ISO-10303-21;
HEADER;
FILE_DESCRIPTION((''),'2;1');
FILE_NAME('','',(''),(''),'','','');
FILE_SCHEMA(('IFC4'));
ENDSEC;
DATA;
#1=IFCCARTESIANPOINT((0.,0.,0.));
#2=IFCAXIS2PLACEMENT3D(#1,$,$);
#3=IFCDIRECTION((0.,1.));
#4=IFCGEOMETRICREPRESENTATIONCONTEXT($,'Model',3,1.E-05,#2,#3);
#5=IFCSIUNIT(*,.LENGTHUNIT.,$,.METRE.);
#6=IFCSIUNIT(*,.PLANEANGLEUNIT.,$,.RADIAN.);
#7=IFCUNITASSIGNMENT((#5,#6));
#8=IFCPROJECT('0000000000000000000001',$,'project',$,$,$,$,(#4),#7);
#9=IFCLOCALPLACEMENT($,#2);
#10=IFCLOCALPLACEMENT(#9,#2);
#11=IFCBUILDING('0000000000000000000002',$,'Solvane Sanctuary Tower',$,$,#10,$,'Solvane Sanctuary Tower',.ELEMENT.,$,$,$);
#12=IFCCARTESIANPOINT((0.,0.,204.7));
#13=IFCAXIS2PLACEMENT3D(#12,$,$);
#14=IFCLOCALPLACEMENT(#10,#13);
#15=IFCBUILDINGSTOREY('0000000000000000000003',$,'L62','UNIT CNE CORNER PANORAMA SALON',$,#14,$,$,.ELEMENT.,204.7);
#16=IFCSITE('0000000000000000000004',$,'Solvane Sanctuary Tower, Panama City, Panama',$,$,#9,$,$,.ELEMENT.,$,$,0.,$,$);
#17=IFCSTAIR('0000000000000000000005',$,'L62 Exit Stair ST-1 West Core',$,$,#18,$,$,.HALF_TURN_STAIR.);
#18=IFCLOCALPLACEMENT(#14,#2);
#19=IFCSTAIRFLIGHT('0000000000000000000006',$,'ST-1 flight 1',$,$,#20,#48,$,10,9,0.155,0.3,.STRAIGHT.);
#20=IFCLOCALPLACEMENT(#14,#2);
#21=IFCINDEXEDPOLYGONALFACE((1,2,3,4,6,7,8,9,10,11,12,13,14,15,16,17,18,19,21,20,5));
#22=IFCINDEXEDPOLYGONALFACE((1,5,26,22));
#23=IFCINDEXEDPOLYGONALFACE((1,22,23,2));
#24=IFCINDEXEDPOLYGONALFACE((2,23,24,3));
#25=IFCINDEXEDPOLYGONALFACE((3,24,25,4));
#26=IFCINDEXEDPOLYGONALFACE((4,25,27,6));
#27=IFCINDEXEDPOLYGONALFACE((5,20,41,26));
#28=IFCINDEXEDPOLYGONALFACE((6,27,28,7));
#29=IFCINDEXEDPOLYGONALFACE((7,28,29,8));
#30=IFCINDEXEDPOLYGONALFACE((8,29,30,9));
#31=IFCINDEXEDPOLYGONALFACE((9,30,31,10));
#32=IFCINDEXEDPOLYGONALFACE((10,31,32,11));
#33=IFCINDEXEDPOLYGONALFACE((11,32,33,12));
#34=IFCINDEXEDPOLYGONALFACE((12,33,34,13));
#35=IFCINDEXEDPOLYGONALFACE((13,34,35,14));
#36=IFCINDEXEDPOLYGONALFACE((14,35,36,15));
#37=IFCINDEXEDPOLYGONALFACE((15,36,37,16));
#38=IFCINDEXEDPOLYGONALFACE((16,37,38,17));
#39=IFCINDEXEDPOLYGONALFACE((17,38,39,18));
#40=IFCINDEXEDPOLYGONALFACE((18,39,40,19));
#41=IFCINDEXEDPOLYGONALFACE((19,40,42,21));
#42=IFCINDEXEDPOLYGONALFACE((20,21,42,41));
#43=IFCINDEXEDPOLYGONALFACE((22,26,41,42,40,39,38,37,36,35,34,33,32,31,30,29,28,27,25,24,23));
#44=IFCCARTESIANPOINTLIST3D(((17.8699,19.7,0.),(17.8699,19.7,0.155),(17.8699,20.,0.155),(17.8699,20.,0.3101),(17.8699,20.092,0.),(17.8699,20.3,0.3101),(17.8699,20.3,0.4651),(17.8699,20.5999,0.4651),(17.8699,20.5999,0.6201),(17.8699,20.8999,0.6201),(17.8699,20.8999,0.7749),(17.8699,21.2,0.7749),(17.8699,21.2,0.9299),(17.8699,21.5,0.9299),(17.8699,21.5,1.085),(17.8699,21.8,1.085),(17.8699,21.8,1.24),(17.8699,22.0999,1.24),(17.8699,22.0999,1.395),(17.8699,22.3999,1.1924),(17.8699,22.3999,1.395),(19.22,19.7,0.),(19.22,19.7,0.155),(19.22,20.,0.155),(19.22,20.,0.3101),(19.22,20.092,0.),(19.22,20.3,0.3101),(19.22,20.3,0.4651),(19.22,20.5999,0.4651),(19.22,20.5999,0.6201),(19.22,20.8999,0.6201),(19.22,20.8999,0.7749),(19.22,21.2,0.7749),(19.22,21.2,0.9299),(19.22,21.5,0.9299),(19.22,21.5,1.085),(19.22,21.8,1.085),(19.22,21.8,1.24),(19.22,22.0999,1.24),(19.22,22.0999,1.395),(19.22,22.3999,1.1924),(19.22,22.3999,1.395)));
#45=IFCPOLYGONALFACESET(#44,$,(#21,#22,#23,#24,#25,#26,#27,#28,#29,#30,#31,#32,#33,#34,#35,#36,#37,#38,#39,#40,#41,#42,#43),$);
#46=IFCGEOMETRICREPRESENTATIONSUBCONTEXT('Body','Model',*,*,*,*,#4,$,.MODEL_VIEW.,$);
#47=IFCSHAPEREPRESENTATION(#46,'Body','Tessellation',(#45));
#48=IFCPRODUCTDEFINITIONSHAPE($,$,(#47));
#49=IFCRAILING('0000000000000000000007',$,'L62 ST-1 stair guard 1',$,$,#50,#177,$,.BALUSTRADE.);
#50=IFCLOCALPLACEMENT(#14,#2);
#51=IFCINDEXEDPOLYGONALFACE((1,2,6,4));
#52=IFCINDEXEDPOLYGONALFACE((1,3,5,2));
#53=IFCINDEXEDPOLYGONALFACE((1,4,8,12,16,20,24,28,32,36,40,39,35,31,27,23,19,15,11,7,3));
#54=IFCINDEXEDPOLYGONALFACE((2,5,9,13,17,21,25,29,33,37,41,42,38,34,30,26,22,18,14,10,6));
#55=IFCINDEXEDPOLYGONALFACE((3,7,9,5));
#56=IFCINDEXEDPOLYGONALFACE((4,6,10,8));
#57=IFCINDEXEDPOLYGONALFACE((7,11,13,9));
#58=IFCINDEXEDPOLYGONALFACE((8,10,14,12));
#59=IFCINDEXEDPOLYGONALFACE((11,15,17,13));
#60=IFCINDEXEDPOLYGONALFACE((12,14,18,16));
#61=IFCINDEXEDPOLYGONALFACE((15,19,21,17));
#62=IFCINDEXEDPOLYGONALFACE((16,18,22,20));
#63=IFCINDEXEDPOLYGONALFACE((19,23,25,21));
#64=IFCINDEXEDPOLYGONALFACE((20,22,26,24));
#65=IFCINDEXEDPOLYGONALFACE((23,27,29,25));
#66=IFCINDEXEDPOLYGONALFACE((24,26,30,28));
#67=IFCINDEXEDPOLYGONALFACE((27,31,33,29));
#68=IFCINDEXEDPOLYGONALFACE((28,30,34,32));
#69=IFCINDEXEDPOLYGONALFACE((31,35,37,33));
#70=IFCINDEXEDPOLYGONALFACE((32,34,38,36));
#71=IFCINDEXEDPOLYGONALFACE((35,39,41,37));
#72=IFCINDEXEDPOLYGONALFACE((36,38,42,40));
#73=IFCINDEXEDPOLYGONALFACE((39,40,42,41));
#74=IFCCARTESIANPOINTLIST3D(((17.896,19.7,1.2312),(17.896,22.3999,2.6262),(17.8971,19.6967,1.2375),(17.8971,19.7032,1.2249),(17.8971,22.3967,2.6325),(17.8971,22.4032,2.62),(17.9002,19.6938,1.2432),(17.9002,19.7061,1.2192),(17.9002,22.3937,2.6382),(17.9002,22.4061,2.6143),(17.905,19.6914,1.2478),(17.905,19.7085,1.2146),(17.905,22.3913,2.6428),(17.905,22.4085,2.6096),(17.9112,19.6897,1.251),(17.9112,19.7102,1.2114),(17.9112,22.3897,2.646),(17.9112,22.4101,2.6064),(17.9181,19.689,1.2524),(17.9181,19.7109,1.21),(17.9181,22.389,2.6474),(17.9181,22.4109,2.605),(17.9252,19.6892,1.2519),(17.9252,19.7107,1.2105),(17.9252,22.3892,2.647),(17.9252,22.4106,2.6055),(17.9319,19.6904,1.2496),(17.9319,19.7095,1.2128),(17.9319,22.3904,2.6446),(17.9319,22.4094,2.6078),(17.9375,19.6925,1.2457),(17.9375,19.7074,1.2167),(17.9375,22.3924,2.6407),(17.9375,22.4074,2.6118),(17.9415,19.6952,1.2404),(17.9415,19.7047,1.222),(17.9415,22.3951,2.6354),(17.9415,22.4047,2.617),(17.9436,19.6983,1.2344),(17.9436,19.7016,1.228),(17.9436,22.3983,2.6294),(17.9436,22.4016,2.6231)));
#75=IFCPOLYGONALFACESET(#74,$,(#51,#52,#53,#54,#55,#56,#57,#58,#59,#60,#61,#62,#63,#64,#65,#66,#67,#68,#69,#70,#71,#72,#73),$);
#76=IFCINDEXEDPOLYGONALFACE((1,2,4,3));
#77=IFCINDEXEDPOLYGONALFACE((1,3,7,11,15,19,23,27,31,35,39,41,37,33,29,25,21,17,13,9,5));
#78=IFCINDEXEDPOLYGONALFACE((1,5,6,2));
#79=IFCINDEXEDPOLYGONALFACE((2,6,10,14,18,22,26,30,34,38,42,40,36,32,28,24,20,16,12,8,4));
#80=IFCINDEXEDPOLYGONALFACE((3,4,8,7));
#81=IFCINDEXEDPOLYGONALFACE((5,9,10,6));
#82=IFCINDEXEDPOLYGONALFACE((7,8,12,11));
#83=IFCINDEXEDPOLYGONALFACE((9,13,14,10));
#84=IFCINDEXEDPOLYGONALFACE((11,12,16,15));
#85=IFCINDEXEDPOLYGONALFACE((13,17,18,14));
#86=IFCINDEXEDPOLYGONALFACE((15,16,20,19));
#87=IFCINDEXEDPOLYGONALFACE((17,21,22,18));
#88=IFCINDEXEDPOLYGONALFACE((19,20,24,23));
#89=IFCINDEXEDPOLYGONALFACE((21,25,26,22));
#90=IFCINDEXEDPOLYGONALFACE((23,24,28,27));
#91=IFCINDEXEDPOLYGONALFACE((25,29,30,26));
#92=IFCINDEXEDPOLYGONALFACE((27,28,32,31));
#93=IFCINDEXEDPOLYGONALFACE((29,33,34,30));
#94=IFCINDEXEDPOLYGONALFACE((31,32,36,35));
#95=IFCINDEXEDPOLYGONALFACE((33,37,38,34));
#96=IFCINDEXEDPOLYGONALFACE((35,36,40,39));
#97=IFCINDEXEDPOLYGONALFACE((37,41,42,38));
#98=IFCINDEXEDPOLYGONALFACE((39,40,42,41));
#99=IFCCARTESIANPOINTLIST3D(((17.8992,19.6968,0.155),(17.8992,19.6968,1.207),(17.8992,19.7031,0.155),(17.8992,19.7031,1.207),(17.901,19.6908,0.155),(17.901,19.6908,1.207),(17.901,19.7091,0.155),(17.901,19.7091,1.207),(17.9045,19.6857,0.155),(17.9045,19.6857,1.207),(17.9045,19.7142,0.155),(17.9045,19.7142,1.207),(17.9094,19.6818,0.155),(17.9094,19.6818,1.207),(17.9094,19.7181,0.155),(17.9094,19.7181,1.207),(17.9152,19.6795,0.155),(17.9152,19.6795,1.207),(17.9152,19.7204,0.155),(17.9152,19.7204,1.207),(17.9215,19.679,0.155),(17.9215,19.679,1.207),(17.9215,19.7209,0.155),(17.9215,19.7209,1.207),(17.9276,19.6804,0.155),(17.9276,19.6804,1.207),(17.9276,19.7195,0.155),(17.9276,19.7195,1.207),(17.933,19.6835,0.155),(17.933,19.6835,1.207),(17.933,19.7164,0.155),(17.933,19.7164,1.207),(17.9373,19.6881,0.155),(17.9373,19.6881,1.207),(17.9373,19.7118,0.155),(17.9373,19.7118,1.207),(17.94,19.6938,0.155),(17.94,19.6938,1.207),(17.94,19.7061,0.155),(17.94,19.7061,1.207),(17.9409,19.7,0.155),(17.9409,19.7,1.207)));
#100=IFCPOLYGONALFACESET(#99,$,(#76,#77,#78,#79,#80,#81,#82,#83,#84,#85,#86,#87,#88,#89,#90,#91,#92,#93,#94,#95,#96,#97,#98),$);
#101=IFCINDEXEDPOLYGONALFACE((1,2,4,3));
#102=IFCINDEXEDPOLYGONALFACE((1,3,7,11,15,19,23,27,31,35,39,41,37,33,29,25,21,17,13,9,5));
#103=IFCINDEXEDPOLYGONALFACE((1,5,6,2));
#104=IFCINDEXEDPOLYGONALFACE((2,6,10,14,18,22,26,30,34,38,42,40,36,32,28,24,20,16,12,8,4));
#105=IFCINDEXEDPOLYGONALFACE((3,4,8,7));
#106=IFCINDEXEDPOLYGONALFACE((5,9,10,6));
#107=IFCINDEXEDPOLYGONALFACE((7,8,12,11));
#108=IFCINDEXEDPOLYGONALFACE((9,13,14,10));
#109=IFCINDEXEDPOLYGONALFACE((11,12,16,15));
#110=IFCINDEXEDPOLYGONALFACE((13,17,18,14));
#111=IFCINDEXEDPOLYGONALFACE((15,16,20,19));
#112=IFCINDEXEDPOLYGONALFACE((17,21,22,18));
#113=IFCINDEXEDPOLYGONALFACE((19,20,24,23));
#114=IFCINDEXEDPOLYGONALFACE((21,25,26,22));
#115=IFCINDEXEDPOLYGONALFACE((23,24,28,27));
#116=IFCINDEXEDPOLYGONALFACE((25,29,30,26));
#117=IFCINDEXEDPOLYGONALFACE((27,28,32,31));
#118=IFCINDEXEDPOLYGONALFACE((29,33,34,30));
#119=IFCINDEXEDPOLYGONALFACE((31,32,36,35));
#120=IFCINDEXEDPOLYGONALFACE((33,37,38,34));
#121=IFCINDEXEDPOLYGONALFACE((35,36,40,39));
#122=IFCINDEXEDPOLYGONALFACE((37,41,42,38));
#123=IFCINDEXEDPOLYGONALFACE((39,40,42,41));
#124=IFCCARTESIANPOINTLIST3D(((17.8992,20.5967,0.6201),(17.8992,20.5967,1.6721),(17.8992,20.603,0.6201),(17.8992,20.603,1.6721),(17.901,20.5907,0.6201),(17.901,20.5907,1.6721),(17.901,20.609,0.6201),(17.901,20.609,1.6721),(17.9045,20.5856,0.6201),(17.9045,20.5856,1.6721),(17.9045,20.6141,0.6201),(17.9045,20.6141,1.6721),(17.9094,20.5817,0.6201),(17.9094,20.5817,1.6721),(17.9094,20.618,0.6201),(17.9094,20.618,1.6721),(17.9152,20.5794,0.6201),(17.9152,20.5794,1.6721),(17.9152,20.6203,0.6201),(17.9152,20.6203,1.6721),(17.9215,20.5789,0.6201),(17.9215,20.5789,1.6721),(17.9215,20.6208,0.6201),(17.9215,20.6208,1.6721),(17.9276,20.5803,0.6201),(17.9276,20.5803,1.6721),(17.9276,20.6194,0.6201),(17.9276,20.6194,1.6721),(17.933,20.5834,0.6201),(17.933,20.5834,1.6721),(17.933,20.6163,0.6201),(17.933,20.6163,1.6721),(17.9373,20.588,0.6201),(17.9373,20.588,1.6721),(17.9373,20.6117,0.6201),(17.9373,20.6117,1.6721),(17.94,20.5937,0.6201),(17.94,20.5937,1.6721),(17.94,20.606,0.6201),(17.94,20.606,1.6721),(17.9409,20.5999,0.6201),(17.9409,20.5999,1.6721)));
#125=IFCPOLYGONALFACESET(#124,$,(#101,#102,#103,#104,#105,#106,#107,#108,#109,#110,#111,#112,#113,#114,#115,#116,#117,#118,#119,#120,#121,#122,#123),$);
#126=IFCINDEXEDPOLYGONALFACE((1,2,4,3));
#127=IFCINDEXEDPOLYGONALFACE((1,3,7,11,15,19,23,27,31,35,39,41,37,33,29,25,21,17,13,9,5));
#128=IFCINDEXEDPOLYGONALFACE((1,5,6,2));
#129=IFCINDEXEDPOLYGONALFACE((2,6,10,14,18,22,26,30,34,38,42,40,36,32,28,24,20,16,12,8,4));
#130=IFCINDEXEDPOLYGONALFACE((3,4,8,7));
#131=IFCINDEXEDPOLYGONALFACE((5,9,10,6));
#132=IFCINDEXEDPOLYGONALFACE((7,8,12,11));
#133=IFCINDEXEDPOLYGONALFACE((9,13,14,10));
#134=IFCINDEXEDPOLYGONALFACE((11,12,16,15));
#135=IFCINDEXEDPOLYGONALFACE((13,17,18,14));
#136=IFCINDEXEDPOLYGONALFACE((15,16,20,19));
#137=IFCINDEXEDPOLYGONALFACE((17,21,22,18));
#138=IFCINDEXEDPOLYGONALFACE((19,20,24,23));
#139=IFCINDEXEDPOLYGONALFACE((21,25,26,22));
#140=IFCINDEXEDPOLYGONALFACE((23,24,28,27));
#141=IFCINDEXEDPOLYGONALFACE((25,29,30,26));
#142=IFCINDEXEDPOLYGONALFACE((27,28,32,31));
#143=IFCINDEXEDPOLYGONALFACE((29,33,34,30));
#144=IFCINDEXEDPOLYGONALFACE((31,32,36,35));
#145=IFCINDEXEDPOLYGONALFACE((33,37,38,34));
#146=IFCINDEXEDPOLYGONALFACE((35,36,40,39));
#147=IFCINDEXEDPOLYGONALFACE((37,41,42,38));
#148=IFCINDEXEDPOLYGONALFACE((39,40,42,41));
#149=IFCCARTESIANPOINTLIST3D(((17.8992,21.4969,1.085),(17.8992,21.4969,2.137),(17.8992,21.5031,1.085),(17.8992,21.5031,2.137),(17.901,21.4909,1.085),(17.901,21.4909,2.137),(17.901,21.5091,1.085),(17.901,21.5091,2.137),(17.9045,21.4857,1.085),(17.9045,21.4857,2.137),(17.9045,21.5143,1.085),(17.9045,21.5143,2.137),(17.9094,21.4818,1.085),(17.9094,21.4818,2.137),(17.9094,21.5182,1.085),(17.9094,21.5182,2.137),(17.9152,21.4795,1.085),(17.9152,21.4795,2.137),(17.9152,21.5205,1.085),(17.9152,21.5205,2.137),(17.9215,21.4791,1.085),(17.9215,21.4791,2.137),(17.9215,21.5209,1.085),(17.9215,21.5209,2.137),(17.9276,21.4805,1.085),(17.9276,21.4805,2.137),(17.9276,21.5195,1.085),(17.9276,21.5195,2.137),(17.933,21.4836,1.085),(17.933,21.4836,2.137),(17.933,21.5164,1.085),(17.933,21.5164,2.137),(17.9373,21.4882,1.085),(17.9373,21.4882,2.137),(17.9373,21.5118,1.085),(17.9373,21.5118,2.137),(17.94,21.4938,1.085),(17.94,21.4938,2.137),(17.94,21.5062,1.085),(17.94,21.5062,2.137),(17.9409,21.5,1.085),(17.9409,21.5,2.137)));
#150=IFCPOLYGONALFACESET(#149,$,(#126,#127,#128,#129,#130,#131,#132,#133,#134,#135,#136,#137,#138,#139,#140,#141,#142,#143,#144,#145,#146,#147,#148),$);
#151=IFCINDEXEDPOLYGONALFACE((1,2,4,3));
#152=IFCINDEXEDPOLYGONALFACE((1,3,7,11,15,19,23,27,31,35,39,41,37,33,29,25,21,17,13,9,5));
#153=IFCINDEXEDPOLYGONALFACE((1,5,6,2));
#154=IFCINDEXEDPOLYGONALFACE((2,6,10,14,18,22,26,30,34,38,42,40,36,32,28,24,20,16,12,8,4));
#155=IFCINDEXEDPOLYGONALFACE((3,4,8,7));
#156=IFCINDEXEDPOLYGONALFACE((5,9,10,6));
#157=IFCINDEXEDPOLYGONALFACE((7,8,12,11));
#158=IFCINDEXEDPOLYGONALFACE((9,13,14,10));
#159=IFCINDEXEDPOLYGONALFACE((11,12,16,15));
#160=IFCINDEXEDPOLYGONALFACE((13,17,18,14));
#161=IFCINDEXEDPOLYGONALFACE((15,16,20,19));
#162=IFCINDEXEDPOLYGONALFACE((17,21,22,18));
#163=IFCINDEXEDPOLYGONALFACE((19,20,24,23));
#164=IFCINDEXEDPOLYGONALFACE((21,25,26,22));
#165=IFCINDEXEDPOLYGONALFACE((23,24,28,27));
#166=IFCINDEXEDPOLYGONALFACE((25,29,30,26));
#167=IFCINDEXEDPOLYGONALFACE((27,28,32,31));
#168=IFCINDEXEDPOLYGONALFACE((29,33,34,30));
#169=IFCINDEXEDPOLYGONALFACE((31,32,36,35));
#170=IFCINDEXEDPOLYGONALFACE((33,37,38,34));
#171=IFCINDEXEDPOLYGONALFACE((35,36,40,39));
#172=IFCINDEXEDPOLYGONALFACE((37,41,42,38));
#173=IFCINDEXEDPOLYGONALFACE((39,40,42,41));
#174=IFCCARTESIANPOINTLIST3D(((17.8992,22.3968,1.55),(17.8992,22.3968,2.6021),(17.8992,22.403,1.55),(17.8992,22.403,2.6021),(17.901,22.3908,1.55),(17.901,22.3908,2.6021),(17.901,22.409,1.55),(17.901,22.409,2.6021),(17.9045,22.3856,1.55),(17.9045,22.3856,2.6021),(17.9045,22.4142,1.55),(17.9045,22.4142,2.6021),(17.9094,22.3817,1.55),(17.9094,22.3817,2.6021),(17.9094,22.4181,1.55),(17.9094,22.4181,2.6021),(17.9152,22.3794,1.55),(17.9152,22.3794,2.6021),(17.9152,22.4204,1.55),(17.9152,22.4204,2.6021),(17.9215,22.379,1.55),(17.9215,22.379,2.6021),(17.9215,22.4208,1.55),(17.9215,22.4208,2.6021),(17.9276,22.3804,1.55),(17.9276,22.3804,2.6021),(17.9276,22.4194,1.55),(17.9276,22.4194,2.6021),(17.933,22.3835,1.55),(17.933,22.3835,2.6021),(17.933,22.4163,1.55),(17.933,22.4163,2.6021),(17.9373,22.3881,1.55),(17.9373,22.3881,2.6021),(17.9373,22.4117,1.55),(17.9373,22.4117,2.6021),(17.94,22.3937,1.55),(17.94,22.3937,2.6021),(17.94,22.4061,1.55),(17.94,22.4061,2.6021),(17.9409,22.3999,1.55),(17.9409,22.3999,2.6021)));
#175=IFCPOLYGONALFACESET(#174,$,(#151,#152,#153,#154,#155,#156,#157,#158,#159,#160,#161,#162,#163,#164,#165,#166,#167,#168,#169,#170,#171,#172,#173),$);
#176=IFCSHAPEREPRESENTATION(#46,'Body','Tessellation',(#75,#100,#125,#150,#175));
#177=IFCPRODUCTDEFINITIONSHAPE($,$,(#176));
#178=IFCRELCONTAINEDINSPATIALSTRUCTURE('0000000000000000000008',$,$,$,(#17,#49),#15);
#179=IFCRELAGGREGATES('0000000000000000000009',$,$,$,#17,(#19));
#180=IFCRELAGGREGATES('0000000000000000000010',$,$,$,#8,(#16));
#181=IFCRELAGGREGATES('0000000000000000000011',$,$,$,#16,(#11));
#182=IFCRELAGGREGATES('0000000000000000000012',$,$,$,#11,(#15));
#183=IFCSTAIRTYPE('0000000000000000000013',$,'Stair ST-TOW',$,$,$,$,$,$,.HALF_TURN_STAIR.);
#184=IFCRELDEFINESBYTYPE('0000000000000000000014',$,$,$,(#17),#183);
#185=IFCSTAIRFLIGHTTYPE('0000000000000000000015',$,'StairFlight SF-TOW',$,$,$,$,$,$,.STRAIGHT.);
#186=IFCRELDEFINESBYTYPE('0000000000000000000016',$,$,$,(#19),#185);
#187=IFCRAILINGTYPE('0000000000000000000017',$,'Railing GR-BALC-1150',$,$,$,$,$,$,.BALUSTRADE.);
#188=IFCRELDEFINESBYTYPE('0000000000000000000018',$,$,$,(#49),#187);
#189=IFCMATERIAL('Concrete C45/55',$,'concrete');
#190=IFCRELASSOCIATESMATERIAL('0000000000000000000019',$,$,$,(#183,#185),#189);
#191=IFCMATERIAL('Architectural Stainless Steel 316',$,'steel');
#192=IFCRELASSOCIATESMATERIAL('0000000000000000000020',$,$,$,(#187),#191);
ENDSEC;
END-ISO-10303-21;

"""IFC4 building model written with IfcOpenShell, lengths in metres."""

from ifc_helpers import new_model, si_unit, direction, frame, origin, origin_2d, place, context, subcontext, project, spatial, polyline, circle, outline, extrude, material, type_object, element, aggregate, save


model = new_model("IFC4")

# Units and contexts
model_context = context("Model", 3, precision=1e-05, world=origin(), true_north=direction((0.0, 1.0)))
body_context = subcontext(model_context, "Body", "Model", "MODEL_VIEW")
ifc_project = project(units=[si_unit("LENGTHUNIT", "METRE"), si_unit("PLANEANGLEUNIT", "RADIAN")], contexts=[model_context])

# Site, building, storey
site_placement = place(None, origin())
site = spatial("IfcSite", under=ifc_project, at=site_placement, Name="Solvane Sanctuary Tower, Panama City, Panama", CompositionType="ELEMENT", RefElevation=0.0)
building_placement = place(site_placement, origin())
building = spatial("IfcBuilding", under=site, at=building_placement, Name="Solvane Sanctuary Tower", LongName="Solvane Sanctuary Tower", CompositionType="ELEMENT")
storey_placement = place(building_placement, frame((0.0, 0.0, 204.7)))
storey = spatial("IfcBuildingStorey", under=building, at=storey_placement, Name="L62", Description="UNIT CNE CORNER PANORAMA SALON", CompositionType="ELEMENT", Elevation=204.7)

# Shared definitions
ifc_material_1 = material(Name="Architectural Stainless Steel 316", Category="steel")

# Stair, stair flight
ifc_material_2 = material(Name="Concrete C45/55", Category="concrete")
stair_type = type_object("IfcStairType", Name="Stair ST-TOW", PredefinedType="HALF_TURN_STAIR", material=ifc_material_2)
stair_placement = place(storey_placement, origin())
stair = element("IfcStair", 1, at=stair_placement, inside=storey, type_object=stair_type, Name="L62 Exit Stair ST-1 West Core", PredefinedType="HALF_TURN_STAIR")
stair_flight_type = type_object("IfcStairFlightType", Name="StairFlight SF-TOW", PredefinedType="STRAIGHT", material=ifc_material_2)
stair_flight_placement = place(storey_placement, frame((18.5449, 19.7, 0.0), z_axis=(0.0, 0.0, 1.0), x_axis=(0.0, 1.0, 0.0)))
stair_flight = element("IfcStairFlight", 2, at=stair_flight_placement, type_object=stair_flight_type, Name="ST-1 flight 1", NumberOfRisers=10, NumberOfTreads=9, PredefinedType="STRAIGHT", RiserHeight=0.155, TreadLength=0.3, context=body_context, shape_type="SweptSolid", body=[
    extrude(outline(polyline([(0.0, 0.0), (0.0, 0.155), (0.3, 0.155), (0.3, 0.3101), (0.6001, 0.3101), (0.6001, 0.4651), (0.8999, 0.4651), (0.8999, 0.6201), (1.2, 0.6201), (1.2, 0.7749), (1.5, 0.7749), (1.5, 0.9299), (1.8, 0.9299), (1.8, 1.085), (2.1001, 1.085), (2.1001, 1.24), (2.3999, 1.24), (2.3999, 1.395), (2.7, 1.395), (2.7, 1.55), (2.7, 1.1924), (0.3921, 0.0), (0.0, 0.0)])), frame((0.0, 0.675, 0.0), z_axis=(0.0, -1.0, 0.0), x_axis=(1.0, 0.0, 0.0)), (0.0, 0.0, 1.0), 1.3501),
])
aggregate(stair, [stair_flight])

# Railing
railing_type = type_object("IfcRailingType", Name="Railing GR-BALC-1150", PredefinedType="BALUSTRADE", material=ifc_material_1)
railing_placement = place(storey_placement, frame((17.9199, 19.7, 0.155)))
element("IfcRailing", 3, at=railing_placement, inside=storey, type_object=railing_type, Name="L62 ST-1 stair guard 1", PredefinedType="BALUSTRADE", context=body_context, shape_type="SweptSolid", body=[
    extrude(circle(Radius=0.0239, at=origin_2d()), frame((0.0, 0.0, 1.0762), z_axis=(0.0, 0.88842, 0.459032), x_axis=(-1.0, 0.0, 0.0)), (0.0, 0.0, 1.0), 3.0391),
    extrude(circle(Radius=0.021, at=origin_2d()), origin(), (0.0, 0.0, 1.0), 1.052),
    extrude(circle(Radius=0.021, at=origin_2d()), frame((0.0, 0.8999, 0.4651)), (0.0, 0.0, 1.0), 1.052),
    extrude(circle(Radius=0.021, at=origin_2d()), frame((0.0, 1.8, 0.9299)), (0.0, 0.0, 1.0), 1.052),
    extrude(circle(Radius=0.021, at=origin_2d()), frame((0.0, 2.7, 1.395)), (0.0, 0.0, 1.0), 1.052),
])

save(model, "model.ifc")
